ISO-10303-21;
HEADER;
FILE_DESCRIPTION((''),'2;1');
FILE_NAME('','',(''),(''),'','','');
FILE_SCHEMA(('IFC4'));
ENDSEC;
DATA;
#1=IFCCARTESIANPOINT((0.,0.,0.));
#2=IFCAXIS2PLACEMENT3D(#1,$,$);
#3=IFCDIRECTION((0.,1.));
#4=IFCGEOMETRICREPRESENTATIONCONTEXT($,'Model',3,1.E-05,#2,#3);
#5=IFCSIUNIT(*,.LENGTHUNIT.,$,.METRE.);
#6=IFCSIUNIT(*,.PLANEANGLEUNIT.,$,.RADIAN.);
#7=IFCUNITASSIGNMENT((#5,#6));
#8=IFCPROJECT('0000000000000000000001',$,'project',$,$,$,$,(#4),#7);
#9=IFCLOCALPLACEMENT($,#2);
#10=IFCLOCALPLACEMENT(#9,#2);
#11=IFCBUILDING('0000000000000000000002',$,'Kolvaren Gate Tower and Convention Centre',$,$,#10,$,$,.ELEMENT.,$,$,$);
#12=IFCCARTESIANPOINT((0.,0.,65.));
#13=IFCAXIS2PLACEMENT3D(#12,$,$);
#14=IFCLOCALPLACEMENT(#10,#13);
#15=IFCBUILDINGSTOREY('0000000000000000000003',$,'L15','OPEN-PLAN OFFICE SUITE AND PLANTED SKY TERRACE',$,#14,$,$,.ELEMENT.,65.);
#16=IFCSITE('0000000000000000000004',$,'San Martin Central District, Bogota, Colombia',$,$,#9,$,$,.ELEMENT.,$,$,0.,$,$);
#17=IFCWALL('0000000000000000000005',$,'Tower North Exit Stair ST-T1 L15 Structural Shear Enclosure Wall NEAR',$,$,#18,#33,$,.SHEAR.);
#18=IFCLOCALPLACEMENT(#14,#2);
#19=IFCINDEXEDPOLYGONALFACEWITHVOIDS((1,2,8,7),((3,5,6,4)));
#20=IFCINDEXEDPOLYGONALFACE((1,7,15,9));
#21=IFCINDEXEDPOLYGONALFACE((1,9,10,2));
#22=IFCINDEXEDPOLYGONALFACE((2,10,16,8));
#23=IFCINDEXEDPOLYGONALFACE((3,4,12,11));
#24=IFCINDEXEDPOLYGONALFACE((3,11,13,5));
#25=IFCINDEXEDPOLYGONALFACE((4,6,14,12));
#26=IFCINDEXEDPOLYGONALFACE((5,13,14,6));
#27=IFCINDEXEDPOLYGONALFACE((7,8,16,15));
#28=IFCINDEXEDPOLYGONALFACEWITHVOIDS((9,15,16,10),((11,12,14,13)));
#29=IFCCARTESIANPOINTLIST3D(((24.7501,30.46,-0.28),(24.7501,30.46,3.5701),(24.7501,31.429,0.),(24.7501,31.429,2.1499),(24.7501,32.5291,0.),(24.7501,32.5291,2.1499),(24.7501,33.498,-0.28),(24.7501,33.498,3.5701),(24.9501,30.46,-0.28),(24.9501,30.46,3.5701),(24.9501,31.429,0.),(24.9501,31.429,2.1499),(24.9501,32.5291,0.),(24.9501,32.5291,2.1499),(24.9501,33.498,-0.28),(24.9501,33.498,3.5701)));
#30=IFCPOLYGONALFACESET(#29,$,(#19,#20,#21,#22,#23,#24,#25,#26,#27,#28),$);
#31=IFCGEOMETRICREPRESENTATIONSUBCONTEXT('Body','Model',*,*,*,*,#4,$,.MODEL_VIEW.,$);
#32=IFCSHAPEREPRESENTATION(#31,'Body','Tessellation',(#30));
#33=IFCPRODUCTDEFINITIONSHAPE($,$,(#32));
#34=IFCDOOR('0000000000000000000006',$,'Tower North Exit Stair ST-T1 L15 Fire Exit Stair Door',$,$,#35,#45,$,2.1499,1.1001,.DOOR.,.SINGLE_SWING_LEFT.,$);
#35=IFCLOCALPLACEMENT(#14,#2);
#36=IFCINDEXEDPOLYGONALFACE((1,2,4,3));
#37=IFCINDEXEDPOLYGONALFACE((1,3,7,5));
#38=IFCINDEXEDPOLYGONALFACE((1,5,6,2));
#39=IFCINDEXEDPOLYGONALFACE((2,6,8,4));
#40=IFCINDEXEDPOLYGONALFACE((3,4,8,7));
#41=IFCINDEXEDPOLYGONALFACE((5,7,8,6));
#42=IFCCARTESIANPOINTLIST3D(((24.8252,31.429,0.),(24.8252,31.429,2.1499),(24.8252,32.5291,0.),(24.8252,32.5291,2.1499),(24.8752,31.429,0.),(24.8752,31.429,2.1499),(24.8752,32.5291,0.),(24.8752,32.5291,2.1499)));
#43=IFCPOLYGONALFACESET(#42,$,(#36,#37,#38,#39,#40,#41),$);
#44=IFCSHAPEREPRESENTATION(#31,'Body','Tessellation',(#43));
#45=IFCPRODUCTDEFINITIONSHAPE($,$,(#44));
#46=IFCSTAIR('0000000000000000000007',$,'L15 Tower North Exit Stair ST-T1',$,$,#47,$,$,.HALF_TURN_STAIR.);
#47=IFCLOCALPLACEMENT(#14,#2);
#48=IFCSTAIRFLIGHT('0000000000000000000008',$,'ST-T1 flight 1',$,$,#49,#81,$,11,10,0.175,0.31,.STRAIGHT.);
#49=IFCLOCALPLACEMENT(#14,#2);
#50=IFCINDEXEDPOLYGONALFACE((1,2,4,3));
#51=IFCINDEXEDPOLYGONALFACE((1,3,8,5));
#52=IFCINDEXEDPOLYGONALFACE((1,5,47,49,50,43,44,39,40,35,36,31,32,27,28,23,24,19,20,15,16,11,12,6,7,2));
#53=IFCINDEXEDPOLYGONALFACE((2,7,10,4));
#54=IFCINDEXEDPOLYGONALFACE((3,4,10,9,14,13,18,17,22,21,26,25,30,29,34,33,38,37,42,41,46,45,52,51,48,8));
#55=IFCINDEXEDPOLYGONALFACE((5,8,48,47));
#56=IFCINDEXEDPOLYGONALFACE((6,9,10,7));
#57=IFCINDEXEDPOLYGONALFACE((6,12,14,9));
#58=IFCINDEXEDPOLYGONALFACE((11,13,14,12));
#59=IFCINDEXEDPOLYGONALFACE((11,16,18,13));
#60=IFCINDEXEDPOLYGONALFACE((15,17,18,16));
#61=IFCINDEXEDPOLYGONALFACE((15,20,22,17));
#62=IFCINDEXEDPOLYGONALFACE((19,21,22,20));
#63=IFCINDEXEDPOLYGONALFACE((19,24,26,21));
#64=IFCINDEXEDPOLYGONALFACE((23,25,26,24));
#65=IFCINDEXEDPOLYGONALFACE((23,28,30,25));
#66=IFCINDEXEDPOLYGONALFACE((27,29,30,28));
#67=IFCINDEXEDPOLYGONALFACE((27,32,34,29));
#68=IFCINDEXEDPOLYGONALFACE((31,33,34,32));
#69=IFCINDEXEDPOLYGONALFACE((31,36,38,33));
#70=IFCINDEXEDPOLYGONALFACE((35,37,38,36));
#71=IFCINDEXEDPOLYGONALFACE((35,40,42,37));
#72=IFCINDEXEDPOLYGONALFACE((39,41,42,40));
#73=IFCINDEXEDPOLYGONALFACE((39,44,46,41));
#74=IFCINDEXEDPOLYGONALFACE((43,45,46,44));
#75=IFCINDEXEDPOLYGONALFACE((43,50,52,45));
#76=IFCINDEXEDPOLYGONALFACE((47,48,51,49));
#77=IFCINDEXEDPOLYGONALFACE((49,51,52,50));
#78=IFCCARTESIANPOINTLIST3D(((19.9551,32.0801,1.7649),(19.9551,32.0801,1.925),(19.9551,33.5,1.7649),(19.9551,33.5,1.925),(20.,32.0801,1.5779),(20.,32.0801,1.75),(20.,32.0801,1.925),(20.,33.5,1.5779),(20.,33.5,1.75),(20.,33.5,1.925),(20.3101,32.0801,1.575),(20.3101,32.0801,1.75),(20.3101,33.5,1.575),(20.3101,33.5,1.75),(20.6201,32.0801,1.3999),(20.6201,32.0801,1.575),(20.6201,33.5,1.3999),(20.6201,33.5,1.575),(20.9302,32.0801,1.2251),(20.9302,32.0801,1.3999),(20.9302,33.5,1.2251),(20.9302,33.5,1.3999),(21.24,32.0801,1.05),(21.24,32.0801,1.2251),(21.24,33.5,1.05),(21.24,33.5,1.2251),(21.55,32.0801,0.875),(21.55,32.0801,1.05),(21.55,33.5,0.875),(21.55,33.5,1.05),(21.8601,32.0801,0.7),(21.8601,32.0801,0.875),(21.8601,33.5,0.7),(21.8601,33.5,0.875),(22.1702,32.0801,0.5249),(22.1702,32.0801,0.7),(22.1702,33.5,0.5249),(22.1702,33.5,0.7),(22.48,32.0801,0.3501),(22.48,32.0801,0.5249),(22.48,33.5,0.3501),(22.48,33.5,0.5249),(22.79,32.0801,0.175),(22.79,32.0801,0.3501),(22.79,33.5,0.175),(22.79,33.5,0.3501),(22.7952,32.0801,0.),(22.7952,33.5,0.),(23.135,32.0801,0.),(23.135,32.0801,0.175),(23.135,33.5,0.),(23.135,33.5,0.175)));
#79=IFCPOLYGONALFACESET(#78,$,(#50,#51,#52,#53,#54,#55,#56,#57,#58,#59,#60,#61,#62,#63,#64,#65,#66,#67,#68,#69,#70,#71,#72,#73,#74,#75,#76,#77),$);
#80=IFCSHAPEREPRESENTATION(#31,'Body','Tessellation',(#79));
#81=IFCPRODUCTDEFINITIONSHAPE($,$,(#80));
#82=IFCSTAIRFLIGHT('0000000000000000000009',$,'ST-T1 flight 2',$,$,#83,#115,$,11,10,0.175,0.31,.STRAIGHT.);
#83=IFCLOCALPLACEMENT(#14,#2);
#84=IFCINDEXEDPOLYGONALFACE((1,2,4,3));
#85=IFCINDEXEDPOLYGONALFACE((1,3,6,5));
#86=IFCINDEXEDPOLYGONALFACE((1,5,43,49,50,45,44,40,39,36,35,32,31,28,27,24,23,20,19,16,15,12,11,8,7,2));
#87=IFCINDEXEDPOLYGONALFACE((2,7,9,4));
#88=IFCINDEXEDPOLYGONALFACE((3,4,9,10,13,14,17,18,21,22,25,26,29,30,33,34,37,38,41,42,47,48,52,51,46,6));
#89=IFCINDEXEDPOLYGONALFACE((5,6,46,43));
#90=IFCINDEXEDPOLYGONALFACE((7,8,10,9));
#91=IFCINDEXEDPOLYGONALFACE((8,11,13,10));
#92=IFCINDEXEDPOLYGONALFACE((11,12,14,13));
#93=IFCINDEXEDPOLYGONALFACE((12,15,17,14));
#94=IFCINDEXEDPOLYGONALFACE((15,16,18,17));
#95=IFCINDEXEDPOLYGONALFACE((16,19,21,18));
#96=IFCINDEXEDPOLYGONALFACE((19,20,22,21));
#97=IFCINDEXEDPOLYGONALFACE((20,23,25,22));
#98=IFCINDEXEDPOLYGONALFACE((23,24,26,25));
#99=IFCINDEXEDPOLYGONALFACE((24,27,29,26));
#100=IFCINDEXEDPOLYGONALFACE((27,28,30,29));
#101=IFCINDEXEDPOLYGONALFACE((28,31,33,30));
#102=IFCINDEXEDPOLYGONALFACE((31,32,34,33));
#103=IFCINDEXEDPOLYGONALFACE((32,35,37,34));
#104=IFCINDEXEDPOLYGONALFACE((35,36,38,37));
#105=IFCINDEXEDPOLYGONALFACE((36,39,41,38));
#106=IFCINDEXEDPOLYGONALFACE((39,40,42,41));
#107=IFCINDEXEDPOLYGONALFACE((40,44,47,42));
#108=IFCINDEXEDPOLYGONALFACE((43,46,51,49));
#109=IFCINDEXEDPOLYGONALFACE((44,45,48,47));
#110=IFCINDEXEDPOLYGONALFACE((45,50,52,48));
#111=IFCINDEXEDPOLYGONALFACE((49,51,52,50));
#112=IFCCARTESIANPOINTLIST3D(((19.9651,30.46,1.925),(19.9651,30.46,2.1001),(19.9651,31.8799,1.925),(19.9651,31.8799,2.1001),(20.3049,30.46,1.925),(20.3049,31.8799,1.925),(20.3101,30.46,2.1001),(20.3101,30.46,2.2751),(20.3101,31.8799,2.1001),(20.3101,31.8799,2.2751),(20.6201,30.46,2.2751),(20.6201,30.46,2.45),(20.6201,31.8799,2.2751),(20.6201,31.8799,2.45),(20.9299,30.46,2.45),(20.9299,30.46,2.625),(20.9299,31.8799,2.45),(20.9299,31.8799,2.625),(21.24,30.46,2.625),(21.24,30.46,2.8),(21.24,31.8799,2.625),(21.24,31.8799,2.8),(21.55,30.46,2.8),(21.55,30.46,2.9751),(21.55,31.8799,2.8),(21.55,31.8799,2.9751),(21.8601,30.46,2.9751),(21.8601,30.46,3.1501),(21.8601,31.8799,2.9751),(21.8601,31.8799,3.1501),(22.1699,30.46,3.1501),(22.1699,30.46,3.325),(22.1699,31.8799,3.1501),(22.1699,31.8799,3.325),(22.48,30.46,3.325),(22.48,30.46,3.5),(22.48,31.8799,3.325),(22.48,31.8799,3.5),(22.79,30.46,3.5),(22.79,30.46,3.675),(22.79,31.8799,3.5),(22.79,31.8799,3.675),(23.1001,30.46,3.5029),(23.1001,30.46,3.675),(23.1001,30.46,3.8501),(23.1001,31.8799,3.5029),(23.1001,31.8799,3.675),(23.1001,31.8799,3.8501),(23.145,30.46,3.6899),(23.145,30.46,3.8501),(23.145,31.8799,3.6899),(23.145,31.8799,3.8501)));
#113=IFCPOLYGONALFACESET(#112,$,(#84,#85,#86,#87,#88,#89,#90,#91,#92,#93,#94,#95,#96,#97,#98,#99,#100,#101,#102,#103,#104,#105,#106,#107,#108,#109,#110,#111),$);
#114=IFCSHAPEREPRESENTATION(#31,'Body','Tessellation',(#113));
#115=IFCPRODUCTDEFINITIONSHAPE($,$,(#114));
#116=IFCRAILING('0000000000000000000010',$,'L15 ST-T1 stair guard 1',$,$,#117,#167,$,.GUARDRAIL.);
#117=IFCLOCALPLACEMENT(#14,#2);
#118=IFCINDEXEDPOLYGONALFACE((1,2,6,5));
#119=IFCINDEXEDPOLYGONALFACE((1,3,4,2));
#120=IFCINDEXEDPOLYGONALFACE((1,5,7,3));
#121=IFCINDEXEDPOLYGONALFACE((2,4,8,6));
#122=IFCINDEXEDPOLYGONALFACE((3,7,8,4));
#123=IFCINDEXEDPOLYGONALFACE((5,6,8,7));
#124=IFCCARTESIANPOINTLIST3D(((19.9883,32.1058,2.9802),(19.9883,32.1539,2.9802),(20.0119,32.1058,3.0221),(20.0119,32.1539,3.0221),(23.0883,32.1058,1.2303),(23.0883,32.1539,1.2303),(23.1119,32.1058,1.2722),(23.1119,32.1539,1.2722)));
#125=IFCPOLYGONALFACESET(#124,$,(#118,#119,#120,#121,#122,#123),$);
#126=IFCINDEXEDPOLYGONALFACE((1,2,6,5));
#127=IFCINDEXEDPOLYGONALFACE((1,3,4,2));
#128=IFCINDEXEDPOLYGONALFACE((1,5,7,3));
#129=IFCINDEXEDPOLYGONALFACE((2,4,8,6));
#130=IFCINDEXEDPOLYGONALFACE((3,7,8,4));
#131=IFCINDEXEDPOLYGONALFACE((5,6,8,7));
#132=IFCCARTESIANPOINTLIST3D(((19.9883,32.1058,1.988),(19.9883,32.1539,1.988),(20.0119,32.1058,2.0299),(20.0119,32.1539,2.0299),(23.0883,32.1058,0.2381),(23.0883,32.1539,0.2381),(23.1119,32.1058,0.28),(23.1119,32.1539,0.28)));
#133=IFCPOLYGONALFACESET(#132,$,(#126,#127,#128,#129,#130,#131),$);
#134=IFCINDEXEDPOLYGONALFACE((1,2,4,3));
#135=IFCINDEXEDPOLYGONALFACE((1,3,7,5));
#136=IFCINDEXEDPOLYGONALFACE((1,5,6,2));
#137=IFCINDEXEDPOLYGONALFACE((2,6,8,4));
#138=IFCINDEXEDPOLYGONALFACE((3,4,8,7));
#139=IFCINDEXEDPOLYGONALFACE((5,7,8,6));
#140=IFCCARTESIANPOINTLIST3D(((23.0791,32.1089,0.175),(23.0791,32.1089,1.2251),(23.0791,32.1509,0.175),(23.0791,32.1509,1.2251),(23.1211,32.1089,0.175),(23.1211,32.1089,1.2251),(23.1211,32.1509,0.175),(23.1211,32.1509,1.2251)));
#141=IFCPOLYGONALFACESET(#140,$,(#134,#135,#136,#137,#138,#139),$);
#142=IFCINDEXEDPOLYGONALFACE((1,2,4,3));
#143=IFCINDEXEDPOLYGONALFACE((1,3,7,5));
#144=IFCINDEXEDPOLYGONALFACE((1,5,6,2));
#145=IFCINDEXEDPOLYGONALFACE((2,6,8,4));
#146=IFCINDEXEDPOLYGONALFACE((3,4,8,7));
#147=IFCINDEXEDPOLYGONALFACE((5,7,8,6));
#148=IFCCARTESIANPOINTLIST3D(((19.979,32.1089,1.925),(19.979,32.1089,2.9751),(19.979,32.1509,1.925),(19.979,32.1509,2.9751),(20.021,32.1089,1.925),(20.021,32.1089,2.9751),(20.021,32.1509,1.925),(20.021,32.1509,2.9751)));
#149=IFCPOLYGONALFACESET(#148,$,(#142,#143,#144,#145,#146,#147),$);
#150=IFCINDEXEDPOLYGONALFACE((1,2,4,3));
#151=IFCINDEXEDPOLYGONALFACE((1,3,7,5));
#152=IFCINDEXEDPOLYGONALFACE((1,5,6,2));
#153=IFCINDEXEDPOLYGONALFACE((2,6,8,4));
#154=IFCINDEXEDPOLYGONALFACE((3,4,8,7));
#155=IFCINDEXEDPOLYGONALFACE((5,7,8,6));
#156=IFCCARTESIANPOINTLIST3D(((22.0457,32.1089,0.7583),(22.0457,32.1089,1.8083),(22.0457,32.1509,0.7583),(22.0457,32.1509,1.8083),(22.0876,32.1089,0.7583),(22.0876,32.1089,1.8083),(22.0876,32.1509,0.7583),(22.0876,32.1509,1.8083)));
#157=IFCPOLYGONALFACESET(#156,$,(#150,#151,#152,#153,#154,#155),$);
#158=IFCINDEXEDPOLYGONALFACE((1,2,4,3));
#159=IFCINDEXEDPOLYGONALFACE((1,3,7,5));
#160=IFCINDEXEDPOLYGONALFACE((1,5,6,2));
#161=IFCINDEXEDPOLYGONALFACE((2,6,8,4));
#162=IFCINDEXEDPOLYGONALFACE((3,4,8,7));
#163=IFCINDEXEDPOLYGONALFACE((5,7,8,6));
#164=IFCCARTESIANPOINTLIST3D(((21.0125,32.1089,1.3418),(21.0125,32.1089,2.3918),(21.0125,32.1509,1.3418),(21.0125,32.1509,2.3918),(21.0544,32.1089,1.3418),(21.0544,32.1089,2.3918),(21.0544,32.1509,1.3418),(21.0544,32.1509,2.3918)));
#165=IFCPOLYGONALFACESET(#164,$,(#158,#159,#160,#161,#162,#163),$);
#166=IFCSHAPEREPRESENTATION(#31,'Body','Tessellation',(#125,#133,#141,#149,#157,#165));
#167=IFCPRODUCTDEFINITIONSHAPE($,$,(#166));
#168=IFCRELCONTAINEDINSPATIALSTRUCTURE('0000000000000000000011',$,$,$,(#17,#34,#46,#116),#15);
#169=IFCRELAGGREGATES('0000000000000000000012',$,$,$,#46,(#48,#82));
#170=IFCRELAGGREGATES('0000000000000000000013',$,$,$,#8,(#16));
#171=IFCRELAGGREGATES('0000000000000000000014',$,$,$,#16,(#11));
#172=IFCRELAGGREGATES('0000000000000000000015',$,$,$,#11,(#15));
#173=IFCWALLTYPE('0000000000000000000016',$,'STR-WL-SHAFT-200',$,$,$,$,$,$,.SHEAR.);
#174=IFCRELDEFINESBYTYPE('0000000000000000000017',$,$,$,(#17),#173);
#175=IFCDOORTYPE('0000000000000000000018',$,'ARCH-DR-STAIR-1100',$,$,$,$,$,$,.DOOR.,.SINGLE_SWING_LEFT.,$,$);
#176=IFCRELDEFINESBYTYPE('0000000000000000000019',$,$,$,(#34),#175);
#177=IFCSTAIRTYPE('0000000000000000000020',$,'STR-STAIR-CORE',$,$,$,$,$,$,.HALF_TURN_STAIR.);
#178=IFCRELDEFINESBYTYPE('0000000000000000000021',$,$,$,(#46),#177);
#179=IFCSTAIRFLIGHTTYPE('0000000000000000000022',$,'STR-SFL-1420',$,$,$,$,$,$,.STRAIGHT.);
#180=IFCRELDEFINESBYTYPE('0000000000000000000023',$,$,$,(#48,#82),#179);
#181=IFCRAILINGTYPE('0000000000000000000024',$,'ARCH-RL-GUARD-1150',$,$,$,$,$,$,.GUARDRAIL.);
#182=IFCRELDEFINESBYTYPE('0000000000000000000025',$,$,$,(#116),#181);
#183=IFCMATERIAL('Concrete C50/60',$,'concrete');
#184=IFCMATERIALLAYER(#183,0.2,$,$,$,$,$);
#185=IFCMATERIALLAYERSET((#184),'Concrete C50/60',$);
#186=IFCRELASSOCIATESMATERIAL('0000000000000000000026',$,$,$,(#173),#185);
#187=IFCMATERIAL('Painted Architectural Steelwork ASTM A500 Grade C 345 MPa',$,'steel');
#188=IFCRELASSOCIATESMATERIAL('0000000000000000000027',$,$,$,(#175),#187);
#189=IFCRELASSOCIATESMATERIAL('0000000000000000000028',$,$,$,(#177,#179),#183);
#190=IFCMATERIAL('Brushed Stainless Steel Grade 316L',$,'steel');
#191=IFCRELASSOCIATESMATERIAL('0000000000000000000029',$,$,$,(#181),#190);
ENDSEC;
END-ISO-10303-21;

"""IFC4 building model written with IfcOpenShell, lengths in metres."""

from ifc_helpers import new_model, si_unit, direction, frame, frame_2d, origin, origin_2d, place, context, subcontext, project, spatial, polyline, rectangle, outline, extrude, material, layer, layer_set, type_object, element, fill, aggregate, save


model = new_model("IFC4")

# Units and contexts
model_context = context("Model", 3, precision=1e-05, world=origin(), true_north=direction((0.0, 1.0)))
body_context = subcontext(model_context, "Body", "Model", "MODEL_VIEW")
ifc_project = project(units=[si_unit("LENGTHUNIT", "METRE"), si_unit("PLANEANGLEUNIT", "RADIAN")], contexts=[model_context])

# Site, building, storey
site_placement = place(None, origin())
site = spatial("IfcSite", under=ifc_project, at=site_placement, Name="San Martin Central District, Bogota, Colombia", CompositionType="ELEMENT", RefElevation=0.0)
building_placement = place(site_placement, origin())
building = spatial("IfcBuilding", under=site, at=building_placement, Name="Kolvaren Gate Tower and Convention Centre", CompositionType="ELEMENT")
storey_placement = place(building_placement, frame((0.0, 0.0, 65.0)))
storey = spatial("IfcBuildingStorey", under=building, at=storey_placement, Name="L15", Description="OPEN-PLAN OFFICE SUITE AND PLANTED SKY TERRACE", CompositionType="ELEMENT", Elevation=65.0)

# Shared definitions
ifc_material_1 = material(Name="Brushed Stainless Steel Grade 316L", Category="steel")

# Wall, opening, door
ifc_material_2 = material(Name="Concrete C50/60", Category="concrete")
ifc_layer_1 = layer(ifc_material_2, 0.2)
ifc_layer_set_1 = layer_set([ifc_layer_1], Name="Concrete C50/60")
wall_type_1 = type_object("IfcWallType", Name="STR-WL-SHAFT-200", PredefinedType="SHEAR", material=ifc_layer_set_1)
wall_1_placement = place(storey_placement, frame((24.8501, 30.46, -0.28), z_axis=(0.0, 0.0, 1.0), x_axis=(0.0, 1.0, 0.0)))
wall_1 = element("IfcWall", 1, at=wall_1_placement, inside=storey, type_object=wall_type_1, Name="Tower North Exit Stair ST-T1 L15 Structural Shear Enclosure Wall NEAR", PredefinedType="SHEAR", context=body_context, shape_type="SweptSolid", body=[
    extrude(rectangle(XDim=3.0381, YDim=0.2, at=frame_2d((1.519, 0.0))), origin(), (0.0, 0.0, 1.0), 3.8501),
])
opening_1_placement = place(wall_1_placement, frame((0.969, 0.0, 0.28)))
opening_1 = element("IfcOpeningElement", 2, at=opening_1_placement, cuts=wall_1, PredefinedType="OPENING", context=body_context, shape_type="SweptSolid", body=[
    extrude(rectangle(XDim=1.1001, YDim=2.1499, at=frame_2d((0.55, 1.075))), frame((0.0, 0.1099, 0.0), z_axis=(0.0, -1.0, 0.0), x_axis=(1.0, 0.0, 0.0)), (0.0, 0.0, 1.0), 0.22),
])
ifc_material_3 = material(Name="Painted Architectural Steelwork ASTM A500 Grade C 345 MPa", Category="steel")
door_type_1 = type_object("IfcDoorType", Name="ARCH-DR-STAIR-1100", OperationType="SINGLE_SWING_LEFT", PredefinedType="DOOR", material=ifc_material_3)
door_1_placement = place(opening_1_placement, origin())
door_1 = element("IfcDoor", 3, at=door_1_placement, inside=storey, type_object=door_type_1, Name="Tower North Exit Stair ST-T1 L15 Fire Exit Stair Door", OperationType="SINGLE_SWING_LEFT", OverallHeight=2.1499, OverallWidth=1.1001, PredefinedType="DOOR", context=body_context, shape_type="SweptSolid", body=[
    extrude(rectangle(XDim=1.1001, YDim=2.1499, at=frame_2d((0.55, 1.075))), frame((0.0, 0.0249, 0.0), z_axis=(0.0, -1.0, 0.0), x_axis=(1.0, 0.0, 0.0)), (0.0, 0.0, 1.0), 0.05),
])
fill(opening_1, door_1)

# Stair, stair flights
stair_type = type_object("IfcStairType", Name="STR-STAIR-CORE", PredefinedType="HALF_TURN_STAIR", material=ifc_material_2)
stair_placement = place(storey_placement, origin())
stair = element("IfcStair", 4, at=stair_placement, inside=storey, type_object=stair_type, Name="L15 Tower North Exit Stair ST-T1", PredefinedType="HALF_TURN_STAIR")
stair_flight_type = type_object("IfcStairFlightType", Name="STR-SFL-1420", PredefinedType="STRAIGHT", material=ifc_material_2)
stair_flight_1_placement = place(storey_placement, frame((23.1001, 32.79, 0.0), z_axis=(0.0, 0.0, 1.0), x_axis=(-1.0, 0.0, 0.0)))
stair_flight_1 = element("IfcStairFlight", 5, at=stair_flight_1_placement, type_object=stair_flight_type, Name="ST-T1 flight 1", NumberOfRisers=11, NumberOfTreads=10, PredefinedType="STRAIGHT", RiserHeight=0.175, TreadLength=0.31, context=body_context, shape_type="SweptSolid", body=[
    extrude(outline(polyline([(-0.0349, 0.0), (-0.0349, 0.175), (0.3101, 0.175), (0.3101, 0.3501), (0.6201, 0.3501), (0.6201, 0.5249), (0.9299, 0.5249), (0.9299, 0.7), (1.24, 0.7), (1.24, 0.875), (1.55, 0.875), (1.55, 1.05), (1.8601, 1.05), (1.8601, 1.2251), (2.1699, 1.2251), (2.1699, 1.3999), (2.48, 1.3999), (2.48, 1.575), (2.79, 1.575), (2.79, 1.75), (3.1001, 1.75), (3.1001, 1.925), (3.145, 1.925), (3.145, 1.7649), (3.1001, 1.5779), (0.3049, 0.0), (-0.0349, 0.0)])), frame((0.0, 0.71, 0.0), z_axis=(0.0, -1.0, 0.0), x_axis=(1.0, 0.0, 0.0)), (0.0, 0.0, 1.0), 1.4199),
])
stair_flight_2_placement = place(storey_placement, frame((20.0, 31.1699, 1.925), z_axis=(0.0, 0.0, 1.0), x_axis=(1.0, 0.0, 0.0)))
stair_flight_2 = element("IfcStairFlight", 6, at=stair_flight_2_placement, type_object=stair_flight_type, Name="ST-T1 flight 2", NumberOfRisers=11, NumberOfTreads=10, PredefinedType="STRAIGHT", RiserHeight=0.175, TreadLength=0.31, context=body_context, shape_type="SweptSolid", body=[
    extrude(outline(polyline([(-0.0349, 0.0), (-0.0349, 0.175), (0.3101, 0.175), (0.3101, 0.3501), (0.6201, 0.3501), (0.6201, 0.5249), (0.9299, 0.5249), (0.9299, 0.7), (1.24, 0.7), (1.24, 0.875), (1.55, 0.875), (1.55, 1.05), (1.8601, 1.05), (1.8601, 1.2251), (2.1699, 1.2251), (2.1699, 1.3999), (2.48, 1.3999), (2.48, 1.575), (2.79, 1.575), (2.79, 1.75), (3.1001, 1.75), (3.1001, 1.925), (3.145, 1.925), (3.145, 1.7649), (3.1001, 1.5779), (0.3049, 0.0), (-0.0349, 0.0)])), frame((0.0, 0.71, 0.0), z_axis=(0.0, -1.0, 0.0), x_axis=(1.0, 0.0, 0.0)), (0.0, 0.0, 1.0), 1.4199),
])
aggregate(stair, [stair_flight_1, stair_flight_2])

# Railing
railing_type_1 = type_object("IfcRailingType", Name="ARCH-RL-GUARD-1150", PredefinedType="GUARDRAIL", material=ifc_material_1)
railing_1_placement = place(storey_placement, frame((23.1001, 32.1299, 0.175)))
element("IfcRailing", 7, at=railing_1_placement, inside=storey, type_object=railing_type_1, Name="L15 ST-T1 stair guard 1", PredefinedType="GUARDRAIL", context=body_context, shape_type="SweptSolid", body=[
    extrude(rectangle(XDim=0.0481, YDim=0.0481, at=origin_2d()), frame((0.0, 0.0, 1.0762), z_axis=(-0.870831, 0.0, 0.491583), x_axis=(0.0, -1.0, 0.0)), (0.0, 0.0, 1.0), 3.5598),
    extrude(rectangle(XDim=0.0481, YDim=0.0481, at=origin_2d()), frame((0.0, 0.0, 0.084), z_axis=(-0.870831, 0.0, 0.491583), x_axis=(0.0, -1.0, 0.0)), (0.0, 0.0, 1.0), 3.5598),
    extrude(rectangle(XDim=0.042, YDim=0.042, at=origin_2d()), origin(), (0.0, 0.0, 1.0), 1.05),
    extrude(rectangle(XDim=0.042, YDim=0.042, at=origin_2d()), frame((-3.1001, 0.0, 1.75)), (0.0, 0.0, 1.0), 1.05),
    extrude(rectangle(XDim=0.042, YDim=0.042, at=origin_2d()), frame((-1.0334, 0.0, 0.5833)), (0.0, 0.0, 1.0), 1.05),
    extrude(rectangle(XDim=0.042, YDim=0.042, at=origin_2d()), frame((-2.0667, 0.0, 1.1667)), (0.0, 0.0, 1.0), 1.05),
])

save(model, "model.ifc")
